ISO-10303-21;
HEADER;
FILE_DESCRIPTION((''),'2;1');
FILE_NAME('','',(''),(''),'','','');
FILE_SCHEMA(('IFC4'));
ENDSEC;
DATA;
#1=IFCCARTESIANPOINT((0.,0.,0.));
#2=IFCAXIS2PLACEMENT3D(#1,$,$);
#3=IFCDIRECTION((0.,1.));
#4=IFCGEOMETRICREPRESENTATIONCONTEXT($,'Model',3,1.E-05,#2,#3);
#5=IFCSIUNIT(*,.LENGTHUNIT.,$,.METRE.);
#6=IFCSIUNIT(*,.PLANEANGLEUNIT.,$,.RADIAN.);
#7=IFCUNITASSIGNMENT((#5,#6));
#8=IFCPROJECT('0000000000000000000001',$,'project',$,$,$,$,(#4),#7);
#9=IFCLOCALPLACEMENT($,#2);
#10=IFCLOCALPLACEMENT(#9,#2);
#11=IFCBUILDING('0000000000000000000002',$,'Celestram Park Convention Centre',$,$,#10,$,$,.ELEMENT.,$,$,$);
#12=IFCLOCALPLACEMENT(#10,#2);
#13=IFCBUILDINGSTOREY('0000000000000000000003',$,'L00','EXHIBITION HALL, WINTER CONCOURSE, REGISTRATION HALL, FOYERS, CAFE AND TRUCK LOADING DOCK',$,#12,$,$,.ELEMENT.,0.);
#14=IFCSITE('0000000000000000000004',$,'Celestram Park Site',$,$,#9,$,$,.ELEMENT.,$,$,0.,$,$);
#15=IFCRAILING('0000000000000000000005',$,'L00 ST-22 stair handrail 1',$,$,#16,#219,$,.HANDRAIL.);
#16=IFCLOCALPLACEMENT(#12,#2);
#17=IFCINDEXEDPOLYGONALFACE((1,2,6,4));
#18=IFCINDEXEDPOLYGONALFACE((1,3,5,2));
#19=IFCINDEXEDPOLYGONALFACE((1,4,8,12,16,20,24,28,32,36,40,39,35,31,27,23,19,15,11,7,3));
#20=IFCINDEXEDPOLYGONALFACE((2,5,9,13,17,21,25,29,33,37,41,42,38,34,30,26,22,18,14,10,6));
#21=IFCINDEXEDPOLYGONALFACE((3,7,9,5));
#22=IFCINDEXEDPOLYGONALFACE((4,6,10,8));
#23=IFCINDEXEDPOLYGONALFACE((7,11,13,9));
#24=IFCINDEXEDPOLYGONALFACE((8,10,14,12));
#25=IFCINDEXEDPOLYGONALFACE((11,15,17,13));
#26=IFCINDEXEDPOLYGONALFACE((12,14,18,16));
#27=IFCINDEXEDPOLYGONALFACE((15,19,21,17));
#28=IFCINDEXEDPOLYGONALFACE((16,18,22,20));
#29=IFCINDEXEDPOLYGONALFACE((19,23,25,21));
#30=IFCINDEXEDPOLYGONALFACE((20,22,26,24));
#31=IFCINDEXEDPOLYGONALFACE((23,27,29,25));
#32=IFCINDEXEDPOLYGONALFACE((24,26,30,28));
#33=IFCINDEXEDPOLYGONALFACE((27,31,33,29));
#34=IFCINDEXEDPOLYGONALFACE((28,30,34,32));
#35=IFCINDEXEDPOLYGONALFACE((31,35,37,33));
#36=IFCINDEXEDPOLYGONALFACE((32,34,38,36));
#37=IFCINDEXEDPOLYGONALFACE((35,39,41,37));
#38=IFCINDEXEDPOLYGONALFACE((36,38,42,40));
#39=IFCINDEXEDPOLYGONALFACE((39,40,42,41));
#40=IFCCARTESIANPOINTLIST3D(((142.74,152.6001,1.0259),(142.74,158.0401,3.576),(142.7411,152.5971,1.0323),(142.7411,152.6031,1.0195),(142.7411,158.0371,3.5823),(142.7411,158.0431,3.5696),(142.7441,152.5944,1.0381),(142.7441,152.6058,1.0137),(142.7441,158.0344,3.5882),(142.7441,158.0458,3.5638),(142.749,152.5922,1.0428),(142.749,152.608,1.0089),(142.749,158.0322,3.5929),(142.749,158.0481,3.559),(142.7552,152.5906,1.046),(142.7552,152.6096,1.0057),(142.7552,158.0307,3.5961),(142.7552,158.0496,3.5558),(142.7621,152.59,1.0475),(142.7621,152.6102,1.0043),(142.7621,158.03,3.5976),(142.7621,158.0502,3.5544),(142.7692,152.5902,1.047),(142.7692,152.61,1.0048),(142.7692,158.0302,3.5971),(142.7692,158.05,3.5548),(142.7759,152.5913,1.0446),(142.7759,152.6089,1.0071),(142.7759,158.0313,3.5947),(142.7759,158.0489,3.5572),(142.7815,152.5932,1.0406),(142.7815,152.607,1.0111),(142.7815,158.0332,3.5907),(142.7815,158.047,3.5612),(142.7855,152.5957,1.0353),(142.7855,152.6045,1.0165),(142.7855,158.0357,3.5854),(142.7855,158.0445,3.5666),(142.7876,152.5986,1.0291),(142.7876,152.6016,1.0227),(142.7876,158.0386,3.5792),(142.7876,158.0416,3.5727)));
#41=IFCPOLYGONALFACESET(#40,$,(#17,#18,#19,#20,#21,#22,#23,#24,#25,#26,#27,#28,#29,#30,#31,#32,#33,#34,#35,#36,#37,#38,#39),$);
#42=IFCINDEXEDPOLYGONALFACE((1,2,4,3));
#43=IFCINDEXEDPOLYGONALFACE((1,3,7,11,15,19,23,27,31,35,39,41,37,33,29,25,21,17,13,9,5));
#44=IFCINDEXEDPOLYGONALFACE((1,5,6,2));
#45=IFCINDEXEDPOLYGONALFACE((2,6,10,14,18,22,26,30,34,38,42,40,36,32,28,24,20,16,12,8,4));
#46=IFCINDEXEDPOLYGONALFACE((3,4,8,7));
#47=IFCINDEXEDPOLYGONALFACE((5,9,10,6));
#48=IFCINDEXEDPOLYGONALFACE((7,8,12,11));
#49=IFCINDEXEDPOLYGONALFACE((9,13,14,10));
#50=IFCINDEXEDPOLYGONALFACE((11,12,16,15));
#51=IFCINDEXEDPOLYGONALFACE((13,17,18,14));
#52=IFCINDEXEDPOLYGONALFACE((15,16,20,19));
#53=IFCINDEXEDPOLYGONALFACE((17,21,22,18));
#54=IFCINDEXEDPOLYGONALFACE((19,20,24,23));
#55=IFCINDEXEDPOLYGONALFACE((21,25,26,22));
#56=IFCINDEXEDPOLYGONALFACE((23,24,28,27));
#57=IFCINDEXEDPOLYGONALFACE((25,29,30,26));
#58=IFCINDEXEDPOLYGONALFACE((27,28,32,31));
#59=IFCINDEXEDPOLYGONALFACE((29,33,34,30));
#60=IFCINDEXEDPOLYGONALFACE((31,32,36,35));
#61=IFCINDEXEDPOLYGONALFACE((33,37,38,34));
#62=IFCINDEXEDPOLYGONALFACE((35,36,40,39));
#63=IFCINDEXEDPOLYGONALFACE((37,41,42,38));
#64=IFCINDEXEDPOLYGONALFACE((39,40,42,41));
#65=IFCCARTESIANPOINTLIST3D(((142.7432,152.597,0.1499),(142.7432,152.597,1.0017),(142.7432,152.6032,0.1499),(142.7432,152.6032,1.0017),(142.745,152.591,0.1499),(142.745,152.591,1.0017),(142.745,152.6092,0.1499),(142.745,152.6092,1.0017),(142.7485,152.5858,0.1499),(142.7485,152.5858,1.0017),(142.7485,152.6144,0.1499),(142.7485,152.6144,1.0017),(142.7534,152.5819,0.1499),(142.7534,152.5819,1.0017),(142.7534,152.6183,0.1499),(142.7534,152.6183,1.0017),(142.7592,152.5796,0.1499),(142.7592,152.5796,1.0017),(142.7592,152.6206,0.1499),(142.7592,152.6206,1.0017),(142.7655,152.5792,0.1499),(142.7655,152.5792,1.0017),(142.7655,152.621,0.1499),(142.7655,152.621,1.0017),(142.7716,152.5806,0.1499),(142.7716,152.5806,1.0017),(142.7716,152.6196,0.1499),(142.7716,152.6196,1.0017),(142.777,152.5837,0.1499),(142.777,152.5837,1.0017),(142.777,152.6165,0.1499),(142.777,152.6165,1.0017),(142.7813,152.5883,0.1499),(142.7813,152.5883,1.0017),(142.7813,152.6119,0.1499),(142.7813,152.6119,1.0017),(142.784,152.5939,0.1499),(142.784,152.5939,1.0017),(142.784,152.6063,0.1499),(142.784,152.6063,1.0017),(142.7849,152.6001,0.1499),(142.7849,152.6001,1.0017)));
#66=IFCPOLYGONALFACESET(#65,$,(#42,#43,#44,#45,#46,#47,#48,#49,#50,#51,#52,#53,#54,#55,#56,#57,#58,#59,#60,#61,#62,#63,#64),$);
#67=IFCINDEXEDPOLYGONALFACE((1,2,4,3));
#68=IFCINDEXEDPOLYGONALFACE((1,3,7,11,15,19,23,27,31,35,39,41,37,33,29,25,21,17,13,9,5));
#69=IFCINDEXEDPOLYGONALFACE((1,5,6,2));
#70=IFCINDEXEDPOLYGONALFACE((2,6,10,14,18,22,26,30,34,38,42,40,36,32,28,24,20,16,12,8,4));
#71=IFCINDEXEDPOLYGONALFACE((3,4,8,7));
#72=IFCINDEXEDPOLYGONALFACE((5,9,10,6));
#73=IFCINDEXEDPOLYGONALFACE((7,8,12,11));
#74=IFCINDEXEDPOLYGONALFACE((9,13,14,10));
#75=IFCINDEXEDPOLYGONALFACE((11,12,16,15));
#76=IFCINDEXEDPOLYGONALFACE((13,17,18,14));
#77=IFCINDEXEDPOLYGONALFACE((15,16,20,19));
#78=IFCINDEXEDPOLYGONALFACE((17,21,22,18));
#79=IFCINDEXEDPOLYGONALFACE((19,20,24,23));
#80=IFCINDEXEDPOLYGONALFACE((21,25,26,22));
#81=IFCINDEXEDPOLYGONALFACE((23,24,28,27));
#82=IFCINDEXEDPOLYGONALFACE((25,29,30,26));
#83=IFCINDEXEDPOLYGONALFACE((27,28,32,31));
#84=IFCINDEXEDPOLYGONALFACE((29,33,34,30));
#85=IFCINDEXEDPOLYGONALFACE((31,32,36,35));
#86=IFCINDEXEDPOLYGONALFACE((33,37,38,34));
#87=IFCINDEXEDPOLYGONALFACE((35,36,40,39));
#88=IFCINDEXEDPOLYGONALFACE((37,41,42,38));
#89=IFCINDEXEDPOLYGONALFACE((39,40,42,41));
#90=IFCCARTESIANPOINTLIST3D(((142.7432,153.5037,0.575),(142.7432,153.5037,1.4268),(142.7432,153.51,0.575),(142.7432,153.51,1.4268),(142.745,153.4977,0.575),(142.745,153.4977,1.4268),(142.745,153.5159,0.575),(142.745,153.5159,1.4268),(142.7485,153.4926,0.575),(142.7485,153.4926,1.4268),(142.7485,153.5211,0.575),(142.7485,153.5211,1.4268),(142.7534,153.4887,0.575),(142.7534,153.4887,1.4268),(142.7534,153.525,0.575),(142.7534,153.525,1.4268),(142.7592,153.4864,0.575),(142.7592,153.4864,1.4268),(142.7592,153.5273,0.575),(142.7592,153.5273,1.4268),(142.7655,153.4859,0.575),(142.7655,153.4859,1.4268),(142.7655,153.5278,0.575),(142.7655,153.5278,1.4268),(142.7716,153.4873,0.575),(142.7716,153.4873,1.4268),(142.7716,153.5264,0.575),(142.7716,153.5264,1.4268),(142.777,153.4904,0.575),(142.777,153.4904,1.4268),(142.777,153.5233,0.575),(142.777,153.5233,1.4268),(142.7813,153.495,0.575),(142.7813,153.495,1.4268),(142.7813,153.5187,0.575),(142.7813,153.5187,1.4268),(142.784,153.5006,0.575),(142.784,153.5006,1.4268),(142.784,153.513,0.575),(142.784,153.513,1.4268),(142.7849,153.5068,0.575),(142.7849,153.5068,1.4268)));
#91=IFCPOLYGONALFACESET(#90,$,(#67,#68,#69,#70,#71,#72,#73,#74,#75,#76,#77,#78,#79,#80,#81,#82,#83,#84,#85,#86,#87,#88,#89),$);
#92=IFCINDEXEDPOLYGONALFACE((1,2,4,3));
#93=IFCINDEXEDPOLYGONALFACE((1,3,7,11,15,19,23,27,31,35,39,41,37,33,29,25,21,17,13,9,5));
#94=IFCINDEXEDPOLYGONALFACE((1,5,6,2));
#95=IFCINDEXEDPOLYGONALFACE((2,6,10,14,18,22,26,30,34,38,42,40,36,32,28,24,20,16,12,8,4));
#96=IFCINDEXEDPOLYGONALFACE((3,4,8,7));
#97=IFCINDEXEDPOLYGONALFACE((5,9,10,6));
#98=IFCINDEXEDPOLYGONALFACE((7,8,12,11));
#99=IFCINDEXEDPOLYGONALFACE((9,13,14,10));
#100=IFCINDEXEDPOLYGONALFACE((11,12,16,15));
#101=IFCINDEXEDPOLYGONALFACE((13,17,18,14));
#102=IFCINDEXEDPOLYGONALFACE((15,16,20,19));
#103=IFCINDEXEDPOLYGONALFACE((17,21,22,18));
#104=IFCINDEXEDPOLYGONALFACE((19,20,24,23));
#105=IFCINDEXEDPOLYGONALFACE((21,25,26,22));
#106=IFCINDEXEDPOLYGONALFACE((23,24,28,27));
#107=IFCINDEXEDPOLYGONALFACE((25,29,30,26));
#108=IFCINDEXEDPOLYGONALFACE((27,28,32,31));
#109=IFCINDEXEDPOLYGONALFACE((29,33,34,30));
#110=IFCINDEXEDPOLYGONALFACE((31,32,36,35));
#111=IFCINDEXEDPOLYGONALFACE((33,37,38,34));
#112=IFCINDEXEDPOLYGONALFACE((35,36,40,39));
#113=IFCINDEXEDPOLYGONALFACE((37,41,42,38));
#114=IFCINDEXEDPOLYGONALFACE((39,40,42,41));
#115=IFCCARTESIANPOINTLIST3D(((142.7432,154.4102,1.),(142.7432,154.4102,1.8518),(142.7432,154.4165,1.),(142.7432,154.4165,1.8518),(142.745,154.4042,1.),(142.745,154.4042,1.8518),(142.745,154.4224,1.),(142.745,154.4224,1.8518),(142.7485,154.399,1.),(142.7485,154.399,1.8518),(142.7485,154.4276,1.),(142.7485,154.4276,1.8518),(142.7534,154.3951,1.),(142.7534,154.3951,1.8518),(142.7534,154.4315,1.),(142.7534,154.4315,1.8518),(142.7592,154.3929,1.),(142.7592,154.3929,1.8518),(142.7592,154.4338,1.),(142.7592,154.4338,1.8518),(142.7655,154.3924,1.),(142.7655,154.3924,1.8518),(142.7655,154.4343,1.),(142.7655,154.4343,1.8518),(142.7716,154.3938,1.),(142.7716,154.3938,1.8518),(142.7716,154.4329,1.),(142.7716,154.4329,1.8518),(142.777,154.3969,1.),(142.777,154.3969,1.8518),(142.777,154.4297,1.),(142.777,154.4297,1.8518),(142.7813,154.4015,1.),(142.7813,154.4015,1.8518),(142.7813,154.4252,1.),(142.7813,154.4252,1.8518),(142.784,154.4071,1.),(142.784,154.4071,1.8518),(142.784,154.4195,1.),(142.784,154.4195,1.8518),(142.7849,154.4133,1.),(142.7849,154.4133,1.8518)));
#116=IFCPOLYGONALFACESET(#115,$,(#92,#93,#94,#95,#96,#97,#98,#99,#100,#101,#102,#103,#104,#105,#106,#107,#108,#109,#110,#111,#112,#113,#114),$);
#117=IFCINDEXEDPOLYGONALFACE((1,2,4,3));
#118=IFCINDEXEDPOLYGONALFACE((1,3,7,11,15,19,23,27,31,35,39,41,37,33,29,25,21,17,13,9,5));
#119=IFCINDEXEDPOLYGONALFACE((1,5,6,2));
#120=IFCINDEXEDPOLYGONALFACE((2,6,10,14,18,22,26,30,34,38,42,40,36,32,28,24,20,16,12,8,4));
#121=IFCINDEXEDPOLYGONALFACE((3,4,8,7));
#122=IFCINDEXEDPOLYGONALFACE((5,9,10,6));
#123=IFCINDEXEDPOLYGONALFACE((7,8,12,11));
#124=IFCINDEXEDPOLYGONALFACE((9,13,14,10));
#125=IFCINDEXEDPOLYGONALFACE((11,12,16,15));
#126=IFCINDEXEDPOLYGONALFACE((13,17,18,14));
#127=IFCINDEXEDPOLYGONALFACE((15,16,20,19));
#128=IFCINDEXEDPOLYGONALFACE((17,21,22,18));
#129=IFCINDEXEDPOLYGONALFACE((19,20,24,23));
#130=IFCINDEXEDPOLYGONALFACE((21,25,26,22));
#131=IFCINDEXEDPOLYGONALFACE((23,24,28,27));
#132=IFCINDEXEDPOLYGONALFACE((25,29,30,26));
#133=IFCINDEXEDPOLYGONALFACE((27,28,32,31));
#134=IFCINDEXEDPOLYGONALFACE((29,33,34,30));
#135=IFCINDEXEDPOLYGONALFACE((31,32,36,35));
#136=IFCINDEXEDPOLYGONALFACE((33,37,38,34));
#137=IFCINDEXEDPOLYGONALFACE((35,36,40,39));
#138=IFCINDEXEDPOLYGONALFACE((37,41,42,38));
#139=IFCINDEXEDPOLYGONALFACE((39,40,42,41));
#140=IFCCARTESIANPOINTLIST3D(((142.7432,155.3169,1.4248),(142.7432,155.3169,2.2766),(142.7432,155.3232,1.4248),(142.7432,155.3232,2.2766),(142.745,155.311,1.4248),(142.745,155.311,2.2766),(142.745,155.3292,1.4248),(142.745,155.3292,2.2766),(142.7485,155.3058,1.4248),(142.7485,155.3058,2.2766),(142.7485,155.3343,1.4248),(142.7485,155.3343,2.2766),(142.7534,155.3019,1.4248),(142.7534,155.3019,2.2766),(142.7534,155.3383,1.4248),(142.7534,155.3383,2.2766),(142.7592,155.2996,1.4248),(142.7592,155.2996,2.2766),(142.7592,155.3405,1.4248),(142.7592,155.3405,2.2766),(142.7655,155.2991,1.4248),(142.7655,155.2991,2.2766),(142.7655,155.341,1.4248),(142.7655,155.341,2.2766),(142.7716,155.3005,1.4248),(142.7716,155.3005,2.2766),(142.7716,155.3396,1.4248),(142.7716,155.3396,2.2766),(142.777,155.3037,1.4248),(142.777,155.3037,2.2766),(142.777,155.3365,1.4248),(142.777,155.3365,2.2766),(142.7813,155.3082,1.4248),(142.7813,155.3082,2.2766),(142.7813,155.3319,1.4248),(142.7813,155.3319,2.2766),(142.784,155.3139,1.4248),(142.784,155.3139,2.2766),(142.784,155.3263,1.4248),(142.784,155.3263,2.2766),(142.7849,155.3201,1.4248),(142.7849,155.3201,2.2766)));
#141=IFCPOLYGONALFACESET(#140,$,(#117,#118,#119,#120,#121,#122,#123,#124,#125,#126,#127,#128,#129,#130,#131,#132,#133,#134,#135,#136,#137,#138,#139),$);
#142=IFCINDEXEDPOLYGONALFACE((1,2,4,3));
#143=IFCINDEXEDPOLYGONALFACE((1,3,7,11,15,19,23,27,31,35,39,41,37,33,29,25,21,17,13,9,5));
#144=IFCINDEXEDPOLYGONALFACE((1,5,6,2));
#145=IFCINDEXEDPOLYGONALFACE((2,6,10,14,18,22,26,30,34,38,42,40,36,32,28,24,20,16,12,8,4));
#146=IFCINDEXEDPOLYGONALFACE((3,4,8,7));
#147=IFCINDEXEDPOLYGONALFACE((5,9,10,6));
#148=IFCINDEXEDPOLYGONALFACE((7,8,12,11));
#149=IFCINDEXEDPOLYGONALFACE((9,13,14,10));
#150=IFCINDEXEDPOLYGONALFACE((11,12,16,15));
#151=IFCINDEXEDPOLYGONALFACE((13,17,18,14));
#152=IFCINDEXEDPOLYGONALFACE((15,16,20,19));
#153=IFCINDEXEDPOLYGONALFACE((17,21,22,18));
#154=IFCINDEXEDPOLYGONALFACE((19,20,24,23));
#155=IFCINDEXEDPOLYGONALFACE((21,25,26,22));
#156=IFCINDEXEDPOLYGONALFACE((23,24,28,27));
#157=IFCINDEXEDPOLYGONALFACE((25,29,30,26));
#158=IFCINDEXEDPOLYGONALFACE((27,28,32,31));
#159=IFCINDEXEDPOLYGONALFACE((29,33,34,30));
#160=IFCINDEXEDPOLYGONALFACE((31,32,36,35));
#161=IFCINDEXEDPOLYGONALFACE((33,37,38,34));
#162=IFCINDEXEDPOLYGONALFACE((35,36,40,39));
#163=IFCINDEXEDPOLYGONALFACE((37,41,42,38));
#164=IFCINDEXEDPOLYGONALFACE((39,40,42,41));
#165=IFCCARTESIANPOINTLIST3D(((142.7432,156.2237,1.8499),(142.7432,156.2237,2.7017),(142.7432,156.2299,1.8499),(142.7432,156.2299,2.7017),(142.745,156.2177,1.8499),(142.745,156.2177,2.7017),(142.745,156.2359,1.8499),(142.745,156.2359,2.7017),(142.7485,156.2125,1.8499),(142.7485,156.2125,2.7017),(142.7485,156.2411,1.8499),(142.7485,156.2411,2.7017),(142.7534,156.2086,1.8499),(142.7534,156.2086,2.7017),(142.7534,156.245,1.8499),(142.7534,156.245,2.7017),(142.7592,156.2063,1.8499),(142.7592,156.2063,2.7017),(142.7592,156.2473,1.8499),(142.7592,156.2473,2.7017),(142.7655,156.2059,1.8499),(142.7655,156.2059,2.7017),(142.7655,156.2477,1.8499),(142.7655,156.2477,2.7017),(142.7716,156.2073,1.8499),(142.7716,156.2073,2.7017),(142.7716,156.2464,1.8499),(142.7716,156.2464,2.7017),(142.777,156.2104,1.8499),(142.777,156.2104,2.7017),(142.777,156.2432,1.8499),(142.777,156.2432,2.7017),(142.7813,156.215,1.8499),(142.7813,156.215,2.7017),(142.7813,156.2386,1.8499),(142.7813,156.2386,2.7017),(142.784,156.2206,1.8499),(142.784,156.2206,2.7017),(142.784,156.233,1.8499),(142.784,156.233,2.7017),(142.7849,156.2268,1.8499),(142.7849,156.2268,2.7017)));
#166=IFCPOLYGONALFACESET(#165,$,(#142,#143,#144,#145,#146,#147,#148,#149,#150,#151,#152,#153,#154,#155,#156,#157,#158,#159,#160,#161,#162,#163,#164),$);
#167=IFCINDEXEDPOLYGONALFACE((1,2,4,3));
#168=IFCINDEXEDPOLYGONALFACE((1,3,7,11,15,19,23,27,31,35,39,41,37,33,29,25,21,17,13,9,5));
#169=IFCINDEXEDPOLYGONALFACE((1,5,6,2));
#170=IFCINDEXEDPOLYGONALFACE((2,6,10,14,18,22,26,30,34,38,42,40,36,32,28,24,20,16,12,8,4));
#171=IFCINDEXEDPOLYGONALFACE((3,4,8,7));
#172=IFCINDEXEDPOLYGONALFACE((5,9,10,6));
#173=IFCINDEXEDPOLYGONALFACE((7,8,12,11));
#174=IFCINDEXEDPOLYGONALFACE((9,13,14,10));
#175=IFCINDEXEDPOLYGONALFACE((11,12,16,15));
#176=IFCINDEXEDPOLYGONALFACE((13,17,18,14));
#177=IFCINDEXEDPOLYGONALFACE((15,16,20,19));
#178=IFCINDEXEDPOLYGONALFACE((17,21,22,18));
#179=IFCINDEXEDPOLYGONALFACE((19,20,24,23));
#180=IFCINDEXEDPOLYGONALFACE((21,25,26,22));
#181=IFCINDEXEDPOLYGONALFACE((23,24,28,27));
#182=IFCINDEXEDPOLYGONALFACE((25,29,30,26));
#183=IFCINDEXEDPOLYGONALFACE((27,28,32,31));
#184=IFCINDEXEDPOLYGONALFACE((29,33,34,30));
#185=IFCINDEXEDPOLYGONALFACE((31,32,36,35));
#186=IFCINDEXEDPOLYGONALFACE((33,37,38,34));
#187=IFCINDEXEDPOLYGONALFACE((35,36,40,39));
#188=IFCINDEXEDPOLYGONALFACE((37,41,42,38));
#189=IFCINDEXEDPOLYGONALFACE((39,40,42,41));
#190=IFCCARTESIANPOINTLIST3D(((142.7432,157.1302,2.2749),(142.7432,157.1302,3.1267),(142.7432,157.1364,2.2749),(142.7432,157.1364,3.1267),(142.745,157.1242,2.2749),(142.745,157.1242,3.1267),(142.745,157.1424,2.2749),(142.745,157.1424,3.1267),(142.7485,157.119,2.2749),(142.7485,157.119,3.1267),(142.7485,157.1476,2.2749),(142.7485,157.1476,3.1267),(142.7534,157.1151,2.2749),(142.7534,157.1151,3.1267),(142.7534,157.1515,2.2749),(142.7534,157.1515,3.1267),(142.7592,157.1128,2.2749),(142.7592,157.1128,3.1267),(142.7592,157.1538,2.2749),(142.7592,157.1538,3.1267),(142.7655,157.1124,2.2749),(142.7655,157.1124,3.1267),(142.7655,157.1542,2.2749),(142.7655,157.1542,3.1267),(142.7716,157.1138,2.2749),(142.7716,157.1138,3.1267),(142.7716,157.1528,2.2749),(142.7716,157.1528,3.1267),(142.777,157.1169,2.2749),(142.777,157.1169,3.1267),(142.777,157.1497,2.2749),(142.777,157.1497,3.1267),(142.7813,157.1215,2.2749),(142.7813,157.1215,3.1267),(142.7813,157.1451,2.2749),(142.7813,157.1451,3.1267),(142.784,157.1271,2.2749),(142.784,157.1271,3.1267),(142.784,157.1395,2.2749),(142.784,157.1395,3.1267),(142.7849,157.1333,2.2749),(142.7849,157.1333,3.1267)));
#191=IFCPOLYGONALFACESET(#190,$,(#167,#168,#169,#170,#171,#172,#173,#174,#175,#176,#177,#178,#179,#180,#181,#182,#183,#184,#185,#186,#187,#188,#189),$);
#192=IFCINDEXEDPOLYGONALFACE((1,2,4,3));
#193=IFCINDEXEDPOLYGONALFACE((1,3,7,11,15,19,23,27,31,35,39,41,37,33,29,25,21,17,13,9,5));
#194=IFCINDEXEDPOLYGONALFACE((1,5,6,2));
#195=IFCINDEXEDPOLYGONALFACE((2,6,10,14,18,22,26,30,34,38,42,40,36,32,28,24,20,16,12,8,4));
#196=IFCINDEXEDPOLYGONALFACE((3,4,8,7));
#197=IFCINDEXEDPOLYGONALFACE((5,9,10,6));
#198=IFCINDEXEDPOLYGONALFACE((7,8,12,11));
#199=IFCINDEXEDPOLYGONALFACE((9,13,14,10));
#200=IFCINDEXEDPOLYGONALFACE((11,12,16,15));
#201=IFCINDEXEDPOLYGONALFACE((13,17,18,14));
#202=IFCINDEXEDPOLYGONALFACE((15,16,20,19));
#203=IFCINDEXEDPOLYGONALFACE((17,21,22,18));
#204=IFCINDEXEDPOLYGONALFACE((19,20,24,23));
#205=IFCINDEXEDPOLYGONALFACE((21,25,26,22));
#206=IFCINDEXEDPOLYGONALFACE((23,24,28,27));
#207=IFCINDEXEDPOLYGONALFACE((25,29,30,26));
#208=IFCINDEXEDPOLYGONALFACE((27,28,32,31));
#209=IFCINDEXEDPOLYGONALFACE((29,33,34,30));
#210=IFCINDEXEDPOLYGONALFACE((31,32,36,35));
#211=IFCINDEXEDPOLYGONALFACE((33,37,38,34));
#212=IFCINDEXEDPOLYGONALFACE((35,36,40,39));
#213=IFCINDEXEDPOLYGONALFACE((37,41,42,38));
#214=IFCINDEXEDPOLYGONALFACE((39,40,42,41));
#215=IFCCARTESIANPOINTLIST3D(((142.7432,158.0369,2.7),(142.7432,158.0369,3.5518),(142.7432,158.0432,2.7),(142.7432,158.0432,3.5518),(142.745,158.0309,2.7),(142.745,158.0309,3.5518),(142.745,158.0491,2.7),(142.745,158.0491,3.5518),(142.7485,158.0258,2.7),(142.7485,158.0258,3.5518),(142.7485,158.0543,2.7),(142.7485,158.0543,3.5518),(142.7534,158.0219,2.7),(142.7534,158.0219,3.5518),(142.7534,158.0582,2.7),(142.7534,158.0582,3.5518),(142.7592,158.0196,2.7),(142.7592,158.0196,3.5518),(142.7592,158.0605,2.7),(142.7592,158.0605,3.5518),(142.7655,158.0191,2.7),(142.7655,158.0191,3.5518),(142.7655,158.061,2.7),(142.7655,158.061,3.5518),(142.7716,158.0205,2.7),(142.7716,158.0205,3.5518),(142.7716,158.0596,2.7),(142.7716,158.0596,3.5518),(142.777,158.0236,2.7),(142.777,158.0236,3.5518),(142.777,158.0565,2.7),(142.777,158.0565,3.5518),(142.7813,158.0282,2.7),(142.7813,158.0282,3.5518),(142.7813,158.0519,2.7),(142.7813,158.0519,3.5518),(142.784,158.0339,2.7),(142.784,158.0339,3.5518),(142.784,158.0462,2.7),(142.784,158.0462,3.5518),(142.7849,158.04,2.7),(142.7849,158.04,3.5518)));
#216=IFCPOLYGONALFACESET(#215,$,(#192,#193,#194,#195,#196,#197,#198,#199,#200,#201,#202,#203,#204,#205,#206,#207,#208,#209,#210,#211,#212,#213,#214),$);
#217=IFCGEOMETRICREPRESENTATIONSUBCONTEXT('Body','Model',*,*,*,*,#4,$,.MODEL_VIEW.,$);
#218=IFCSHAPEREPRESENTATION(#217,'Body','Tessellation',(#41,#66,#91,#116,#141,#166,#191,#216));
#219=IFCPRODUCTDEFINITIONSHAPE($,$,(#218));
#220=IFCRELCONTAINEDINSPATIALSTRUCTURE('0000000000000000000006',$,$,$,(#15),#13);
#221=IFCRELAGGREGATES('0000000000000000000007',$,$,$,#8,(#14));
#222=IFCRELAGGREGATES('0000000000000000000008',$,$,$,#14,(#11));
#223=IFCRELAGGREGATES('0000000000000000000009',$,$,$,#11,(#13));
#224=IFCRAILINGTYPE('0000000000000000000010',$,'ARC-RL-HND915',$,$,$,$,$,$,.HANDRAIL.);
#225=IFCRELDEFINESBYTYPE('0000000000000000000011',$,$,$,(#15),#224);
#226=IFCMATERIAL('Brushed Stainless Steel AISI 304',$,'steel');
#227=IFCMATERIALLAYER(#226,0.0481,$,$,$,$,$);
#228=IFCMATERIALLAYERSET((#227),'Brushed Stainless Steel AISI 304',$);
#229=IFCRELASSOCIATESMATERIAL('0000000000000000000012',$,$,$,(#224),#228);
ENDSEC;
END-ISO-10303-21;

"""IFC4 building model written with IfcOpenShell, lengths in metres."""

from ifc_helpers import new_model, si_unit, direction, frame, origin, origin_2d, place, context, subcontext, project, spatial, circle, extrude, material, layer, layer_set, type_object, element, save


model = new_model("IFC4")

# Units and contexts
model_context = context("Model", 3, precision=1e-05, world=origin(), true_north=direction((0.0, 1.0)))
body_context = subcontext(model_context, "Body", "Model", "MODEL_VIEW")
ifc_project = project(units=[si_unit("LENGTHUNIT", "METRE"), si_unit("PLANEANGLEUNIT", "RADIAN")], contexts=[model_context])

# Site, building, storey
site_placement = place(None, origin())
site = spatial("IfcSite", under=ifc_project, at=site_placement, Name="Celestram Park Site", CompositionType="ELEMENT", RefElevation=0.0)
building_placement = place(site_placement, origin())
building = spatial("IfcBuilding", under=site, at=building_placement, Name="Celestram Park Convention Centre", CompositionType="ELEMENT")
storey_placement = place(building_placement, origin())
storey = spatial("IfcBuildingStorey", under=building, at=storey_placement, Name="L00", Description="EXHIBITION HALL, WINTER CONCOURSE, REGISTRATION HALL, FOYERS, CAFE AND TRUCK LOADING DOCK", CompositionType="ELEMENT", Elevation=0.0)

# Railing
ifc_material_1 = material(Name="Brushed Stainless Steel AISI 304", Category="steel")
ifc_layer_1 = layer(ifc_material_1, 0.0481)
ifc_layer_set_1 = layer_set([ifc_layer_1], Name="Brushed Stainless Steel AISI 304")
railing_type_1 = type_object("IfcRailingType", Name="ARC-RL-HND915", PredefinedType="HANDRAIL", material=ifc_layer_set_1)
railing_1_placement = place(storey_placement, frame((142.7639, 152.6001, 0.1499)))
element("IfcRailing", 1, at=railing_1_placement, inside=storey, type_object=railing_type_1, Name="L00 ST-22 stair handrail 1", PredefinedType="HANDRAIL", context=body_context, shape_type="SweptSolid", body=[
    extrude(circle(Radius=0.0239, at=origin_2d()), frame((0.0, 0.0, 0.876), z_axis=(0.0, 0.905454, 0.424444), x_axis=(-1.0, 0.0, 0.0)), (0.0, 0.0, 1.0), 6.0081),
    extrude(circle(Radius=0.021, at=origin_2d()), origin(), (0.0, 0.0, 1.0), 0.8518),
    extrude(circle(Radius=0.021, at=origin_2d()), frame((0.0, 0.9067, 0.425)), (0.0, 0.0, 1.0), 0.8518),
    extrude(circle(Radius=0.021, at=origin_2d()), frame((0.0, 1.8132, 0.8501)), (0.0, 0.0, 1.0), 0.8518),
    extrude(circle(Radius=0.021, at=origin_2d()), frame((0.0, 2.72, 1.2749)), (0.0, 0.0, 1.0), 0.8518),
    extrude(circle(Radius=0.021, at=origin_2d()), frame((0.0, 3.6267, 1.7)), (0.0, 0.0, 1.0), 0.8518),
    extrude(circle(Radius=0.021, at=origin_2d()), frame((0.0, 4.5332, 2.125)), (0.0, 0.0, 1.0), 0.8518),
    extrude(circle(Radius=0.021, at=origin_2d()), frame((0.0, 5.4399, 2.55)), (0.0, 0.0, 1.0), 0.8518),
])

save(model, "model.ifc")
